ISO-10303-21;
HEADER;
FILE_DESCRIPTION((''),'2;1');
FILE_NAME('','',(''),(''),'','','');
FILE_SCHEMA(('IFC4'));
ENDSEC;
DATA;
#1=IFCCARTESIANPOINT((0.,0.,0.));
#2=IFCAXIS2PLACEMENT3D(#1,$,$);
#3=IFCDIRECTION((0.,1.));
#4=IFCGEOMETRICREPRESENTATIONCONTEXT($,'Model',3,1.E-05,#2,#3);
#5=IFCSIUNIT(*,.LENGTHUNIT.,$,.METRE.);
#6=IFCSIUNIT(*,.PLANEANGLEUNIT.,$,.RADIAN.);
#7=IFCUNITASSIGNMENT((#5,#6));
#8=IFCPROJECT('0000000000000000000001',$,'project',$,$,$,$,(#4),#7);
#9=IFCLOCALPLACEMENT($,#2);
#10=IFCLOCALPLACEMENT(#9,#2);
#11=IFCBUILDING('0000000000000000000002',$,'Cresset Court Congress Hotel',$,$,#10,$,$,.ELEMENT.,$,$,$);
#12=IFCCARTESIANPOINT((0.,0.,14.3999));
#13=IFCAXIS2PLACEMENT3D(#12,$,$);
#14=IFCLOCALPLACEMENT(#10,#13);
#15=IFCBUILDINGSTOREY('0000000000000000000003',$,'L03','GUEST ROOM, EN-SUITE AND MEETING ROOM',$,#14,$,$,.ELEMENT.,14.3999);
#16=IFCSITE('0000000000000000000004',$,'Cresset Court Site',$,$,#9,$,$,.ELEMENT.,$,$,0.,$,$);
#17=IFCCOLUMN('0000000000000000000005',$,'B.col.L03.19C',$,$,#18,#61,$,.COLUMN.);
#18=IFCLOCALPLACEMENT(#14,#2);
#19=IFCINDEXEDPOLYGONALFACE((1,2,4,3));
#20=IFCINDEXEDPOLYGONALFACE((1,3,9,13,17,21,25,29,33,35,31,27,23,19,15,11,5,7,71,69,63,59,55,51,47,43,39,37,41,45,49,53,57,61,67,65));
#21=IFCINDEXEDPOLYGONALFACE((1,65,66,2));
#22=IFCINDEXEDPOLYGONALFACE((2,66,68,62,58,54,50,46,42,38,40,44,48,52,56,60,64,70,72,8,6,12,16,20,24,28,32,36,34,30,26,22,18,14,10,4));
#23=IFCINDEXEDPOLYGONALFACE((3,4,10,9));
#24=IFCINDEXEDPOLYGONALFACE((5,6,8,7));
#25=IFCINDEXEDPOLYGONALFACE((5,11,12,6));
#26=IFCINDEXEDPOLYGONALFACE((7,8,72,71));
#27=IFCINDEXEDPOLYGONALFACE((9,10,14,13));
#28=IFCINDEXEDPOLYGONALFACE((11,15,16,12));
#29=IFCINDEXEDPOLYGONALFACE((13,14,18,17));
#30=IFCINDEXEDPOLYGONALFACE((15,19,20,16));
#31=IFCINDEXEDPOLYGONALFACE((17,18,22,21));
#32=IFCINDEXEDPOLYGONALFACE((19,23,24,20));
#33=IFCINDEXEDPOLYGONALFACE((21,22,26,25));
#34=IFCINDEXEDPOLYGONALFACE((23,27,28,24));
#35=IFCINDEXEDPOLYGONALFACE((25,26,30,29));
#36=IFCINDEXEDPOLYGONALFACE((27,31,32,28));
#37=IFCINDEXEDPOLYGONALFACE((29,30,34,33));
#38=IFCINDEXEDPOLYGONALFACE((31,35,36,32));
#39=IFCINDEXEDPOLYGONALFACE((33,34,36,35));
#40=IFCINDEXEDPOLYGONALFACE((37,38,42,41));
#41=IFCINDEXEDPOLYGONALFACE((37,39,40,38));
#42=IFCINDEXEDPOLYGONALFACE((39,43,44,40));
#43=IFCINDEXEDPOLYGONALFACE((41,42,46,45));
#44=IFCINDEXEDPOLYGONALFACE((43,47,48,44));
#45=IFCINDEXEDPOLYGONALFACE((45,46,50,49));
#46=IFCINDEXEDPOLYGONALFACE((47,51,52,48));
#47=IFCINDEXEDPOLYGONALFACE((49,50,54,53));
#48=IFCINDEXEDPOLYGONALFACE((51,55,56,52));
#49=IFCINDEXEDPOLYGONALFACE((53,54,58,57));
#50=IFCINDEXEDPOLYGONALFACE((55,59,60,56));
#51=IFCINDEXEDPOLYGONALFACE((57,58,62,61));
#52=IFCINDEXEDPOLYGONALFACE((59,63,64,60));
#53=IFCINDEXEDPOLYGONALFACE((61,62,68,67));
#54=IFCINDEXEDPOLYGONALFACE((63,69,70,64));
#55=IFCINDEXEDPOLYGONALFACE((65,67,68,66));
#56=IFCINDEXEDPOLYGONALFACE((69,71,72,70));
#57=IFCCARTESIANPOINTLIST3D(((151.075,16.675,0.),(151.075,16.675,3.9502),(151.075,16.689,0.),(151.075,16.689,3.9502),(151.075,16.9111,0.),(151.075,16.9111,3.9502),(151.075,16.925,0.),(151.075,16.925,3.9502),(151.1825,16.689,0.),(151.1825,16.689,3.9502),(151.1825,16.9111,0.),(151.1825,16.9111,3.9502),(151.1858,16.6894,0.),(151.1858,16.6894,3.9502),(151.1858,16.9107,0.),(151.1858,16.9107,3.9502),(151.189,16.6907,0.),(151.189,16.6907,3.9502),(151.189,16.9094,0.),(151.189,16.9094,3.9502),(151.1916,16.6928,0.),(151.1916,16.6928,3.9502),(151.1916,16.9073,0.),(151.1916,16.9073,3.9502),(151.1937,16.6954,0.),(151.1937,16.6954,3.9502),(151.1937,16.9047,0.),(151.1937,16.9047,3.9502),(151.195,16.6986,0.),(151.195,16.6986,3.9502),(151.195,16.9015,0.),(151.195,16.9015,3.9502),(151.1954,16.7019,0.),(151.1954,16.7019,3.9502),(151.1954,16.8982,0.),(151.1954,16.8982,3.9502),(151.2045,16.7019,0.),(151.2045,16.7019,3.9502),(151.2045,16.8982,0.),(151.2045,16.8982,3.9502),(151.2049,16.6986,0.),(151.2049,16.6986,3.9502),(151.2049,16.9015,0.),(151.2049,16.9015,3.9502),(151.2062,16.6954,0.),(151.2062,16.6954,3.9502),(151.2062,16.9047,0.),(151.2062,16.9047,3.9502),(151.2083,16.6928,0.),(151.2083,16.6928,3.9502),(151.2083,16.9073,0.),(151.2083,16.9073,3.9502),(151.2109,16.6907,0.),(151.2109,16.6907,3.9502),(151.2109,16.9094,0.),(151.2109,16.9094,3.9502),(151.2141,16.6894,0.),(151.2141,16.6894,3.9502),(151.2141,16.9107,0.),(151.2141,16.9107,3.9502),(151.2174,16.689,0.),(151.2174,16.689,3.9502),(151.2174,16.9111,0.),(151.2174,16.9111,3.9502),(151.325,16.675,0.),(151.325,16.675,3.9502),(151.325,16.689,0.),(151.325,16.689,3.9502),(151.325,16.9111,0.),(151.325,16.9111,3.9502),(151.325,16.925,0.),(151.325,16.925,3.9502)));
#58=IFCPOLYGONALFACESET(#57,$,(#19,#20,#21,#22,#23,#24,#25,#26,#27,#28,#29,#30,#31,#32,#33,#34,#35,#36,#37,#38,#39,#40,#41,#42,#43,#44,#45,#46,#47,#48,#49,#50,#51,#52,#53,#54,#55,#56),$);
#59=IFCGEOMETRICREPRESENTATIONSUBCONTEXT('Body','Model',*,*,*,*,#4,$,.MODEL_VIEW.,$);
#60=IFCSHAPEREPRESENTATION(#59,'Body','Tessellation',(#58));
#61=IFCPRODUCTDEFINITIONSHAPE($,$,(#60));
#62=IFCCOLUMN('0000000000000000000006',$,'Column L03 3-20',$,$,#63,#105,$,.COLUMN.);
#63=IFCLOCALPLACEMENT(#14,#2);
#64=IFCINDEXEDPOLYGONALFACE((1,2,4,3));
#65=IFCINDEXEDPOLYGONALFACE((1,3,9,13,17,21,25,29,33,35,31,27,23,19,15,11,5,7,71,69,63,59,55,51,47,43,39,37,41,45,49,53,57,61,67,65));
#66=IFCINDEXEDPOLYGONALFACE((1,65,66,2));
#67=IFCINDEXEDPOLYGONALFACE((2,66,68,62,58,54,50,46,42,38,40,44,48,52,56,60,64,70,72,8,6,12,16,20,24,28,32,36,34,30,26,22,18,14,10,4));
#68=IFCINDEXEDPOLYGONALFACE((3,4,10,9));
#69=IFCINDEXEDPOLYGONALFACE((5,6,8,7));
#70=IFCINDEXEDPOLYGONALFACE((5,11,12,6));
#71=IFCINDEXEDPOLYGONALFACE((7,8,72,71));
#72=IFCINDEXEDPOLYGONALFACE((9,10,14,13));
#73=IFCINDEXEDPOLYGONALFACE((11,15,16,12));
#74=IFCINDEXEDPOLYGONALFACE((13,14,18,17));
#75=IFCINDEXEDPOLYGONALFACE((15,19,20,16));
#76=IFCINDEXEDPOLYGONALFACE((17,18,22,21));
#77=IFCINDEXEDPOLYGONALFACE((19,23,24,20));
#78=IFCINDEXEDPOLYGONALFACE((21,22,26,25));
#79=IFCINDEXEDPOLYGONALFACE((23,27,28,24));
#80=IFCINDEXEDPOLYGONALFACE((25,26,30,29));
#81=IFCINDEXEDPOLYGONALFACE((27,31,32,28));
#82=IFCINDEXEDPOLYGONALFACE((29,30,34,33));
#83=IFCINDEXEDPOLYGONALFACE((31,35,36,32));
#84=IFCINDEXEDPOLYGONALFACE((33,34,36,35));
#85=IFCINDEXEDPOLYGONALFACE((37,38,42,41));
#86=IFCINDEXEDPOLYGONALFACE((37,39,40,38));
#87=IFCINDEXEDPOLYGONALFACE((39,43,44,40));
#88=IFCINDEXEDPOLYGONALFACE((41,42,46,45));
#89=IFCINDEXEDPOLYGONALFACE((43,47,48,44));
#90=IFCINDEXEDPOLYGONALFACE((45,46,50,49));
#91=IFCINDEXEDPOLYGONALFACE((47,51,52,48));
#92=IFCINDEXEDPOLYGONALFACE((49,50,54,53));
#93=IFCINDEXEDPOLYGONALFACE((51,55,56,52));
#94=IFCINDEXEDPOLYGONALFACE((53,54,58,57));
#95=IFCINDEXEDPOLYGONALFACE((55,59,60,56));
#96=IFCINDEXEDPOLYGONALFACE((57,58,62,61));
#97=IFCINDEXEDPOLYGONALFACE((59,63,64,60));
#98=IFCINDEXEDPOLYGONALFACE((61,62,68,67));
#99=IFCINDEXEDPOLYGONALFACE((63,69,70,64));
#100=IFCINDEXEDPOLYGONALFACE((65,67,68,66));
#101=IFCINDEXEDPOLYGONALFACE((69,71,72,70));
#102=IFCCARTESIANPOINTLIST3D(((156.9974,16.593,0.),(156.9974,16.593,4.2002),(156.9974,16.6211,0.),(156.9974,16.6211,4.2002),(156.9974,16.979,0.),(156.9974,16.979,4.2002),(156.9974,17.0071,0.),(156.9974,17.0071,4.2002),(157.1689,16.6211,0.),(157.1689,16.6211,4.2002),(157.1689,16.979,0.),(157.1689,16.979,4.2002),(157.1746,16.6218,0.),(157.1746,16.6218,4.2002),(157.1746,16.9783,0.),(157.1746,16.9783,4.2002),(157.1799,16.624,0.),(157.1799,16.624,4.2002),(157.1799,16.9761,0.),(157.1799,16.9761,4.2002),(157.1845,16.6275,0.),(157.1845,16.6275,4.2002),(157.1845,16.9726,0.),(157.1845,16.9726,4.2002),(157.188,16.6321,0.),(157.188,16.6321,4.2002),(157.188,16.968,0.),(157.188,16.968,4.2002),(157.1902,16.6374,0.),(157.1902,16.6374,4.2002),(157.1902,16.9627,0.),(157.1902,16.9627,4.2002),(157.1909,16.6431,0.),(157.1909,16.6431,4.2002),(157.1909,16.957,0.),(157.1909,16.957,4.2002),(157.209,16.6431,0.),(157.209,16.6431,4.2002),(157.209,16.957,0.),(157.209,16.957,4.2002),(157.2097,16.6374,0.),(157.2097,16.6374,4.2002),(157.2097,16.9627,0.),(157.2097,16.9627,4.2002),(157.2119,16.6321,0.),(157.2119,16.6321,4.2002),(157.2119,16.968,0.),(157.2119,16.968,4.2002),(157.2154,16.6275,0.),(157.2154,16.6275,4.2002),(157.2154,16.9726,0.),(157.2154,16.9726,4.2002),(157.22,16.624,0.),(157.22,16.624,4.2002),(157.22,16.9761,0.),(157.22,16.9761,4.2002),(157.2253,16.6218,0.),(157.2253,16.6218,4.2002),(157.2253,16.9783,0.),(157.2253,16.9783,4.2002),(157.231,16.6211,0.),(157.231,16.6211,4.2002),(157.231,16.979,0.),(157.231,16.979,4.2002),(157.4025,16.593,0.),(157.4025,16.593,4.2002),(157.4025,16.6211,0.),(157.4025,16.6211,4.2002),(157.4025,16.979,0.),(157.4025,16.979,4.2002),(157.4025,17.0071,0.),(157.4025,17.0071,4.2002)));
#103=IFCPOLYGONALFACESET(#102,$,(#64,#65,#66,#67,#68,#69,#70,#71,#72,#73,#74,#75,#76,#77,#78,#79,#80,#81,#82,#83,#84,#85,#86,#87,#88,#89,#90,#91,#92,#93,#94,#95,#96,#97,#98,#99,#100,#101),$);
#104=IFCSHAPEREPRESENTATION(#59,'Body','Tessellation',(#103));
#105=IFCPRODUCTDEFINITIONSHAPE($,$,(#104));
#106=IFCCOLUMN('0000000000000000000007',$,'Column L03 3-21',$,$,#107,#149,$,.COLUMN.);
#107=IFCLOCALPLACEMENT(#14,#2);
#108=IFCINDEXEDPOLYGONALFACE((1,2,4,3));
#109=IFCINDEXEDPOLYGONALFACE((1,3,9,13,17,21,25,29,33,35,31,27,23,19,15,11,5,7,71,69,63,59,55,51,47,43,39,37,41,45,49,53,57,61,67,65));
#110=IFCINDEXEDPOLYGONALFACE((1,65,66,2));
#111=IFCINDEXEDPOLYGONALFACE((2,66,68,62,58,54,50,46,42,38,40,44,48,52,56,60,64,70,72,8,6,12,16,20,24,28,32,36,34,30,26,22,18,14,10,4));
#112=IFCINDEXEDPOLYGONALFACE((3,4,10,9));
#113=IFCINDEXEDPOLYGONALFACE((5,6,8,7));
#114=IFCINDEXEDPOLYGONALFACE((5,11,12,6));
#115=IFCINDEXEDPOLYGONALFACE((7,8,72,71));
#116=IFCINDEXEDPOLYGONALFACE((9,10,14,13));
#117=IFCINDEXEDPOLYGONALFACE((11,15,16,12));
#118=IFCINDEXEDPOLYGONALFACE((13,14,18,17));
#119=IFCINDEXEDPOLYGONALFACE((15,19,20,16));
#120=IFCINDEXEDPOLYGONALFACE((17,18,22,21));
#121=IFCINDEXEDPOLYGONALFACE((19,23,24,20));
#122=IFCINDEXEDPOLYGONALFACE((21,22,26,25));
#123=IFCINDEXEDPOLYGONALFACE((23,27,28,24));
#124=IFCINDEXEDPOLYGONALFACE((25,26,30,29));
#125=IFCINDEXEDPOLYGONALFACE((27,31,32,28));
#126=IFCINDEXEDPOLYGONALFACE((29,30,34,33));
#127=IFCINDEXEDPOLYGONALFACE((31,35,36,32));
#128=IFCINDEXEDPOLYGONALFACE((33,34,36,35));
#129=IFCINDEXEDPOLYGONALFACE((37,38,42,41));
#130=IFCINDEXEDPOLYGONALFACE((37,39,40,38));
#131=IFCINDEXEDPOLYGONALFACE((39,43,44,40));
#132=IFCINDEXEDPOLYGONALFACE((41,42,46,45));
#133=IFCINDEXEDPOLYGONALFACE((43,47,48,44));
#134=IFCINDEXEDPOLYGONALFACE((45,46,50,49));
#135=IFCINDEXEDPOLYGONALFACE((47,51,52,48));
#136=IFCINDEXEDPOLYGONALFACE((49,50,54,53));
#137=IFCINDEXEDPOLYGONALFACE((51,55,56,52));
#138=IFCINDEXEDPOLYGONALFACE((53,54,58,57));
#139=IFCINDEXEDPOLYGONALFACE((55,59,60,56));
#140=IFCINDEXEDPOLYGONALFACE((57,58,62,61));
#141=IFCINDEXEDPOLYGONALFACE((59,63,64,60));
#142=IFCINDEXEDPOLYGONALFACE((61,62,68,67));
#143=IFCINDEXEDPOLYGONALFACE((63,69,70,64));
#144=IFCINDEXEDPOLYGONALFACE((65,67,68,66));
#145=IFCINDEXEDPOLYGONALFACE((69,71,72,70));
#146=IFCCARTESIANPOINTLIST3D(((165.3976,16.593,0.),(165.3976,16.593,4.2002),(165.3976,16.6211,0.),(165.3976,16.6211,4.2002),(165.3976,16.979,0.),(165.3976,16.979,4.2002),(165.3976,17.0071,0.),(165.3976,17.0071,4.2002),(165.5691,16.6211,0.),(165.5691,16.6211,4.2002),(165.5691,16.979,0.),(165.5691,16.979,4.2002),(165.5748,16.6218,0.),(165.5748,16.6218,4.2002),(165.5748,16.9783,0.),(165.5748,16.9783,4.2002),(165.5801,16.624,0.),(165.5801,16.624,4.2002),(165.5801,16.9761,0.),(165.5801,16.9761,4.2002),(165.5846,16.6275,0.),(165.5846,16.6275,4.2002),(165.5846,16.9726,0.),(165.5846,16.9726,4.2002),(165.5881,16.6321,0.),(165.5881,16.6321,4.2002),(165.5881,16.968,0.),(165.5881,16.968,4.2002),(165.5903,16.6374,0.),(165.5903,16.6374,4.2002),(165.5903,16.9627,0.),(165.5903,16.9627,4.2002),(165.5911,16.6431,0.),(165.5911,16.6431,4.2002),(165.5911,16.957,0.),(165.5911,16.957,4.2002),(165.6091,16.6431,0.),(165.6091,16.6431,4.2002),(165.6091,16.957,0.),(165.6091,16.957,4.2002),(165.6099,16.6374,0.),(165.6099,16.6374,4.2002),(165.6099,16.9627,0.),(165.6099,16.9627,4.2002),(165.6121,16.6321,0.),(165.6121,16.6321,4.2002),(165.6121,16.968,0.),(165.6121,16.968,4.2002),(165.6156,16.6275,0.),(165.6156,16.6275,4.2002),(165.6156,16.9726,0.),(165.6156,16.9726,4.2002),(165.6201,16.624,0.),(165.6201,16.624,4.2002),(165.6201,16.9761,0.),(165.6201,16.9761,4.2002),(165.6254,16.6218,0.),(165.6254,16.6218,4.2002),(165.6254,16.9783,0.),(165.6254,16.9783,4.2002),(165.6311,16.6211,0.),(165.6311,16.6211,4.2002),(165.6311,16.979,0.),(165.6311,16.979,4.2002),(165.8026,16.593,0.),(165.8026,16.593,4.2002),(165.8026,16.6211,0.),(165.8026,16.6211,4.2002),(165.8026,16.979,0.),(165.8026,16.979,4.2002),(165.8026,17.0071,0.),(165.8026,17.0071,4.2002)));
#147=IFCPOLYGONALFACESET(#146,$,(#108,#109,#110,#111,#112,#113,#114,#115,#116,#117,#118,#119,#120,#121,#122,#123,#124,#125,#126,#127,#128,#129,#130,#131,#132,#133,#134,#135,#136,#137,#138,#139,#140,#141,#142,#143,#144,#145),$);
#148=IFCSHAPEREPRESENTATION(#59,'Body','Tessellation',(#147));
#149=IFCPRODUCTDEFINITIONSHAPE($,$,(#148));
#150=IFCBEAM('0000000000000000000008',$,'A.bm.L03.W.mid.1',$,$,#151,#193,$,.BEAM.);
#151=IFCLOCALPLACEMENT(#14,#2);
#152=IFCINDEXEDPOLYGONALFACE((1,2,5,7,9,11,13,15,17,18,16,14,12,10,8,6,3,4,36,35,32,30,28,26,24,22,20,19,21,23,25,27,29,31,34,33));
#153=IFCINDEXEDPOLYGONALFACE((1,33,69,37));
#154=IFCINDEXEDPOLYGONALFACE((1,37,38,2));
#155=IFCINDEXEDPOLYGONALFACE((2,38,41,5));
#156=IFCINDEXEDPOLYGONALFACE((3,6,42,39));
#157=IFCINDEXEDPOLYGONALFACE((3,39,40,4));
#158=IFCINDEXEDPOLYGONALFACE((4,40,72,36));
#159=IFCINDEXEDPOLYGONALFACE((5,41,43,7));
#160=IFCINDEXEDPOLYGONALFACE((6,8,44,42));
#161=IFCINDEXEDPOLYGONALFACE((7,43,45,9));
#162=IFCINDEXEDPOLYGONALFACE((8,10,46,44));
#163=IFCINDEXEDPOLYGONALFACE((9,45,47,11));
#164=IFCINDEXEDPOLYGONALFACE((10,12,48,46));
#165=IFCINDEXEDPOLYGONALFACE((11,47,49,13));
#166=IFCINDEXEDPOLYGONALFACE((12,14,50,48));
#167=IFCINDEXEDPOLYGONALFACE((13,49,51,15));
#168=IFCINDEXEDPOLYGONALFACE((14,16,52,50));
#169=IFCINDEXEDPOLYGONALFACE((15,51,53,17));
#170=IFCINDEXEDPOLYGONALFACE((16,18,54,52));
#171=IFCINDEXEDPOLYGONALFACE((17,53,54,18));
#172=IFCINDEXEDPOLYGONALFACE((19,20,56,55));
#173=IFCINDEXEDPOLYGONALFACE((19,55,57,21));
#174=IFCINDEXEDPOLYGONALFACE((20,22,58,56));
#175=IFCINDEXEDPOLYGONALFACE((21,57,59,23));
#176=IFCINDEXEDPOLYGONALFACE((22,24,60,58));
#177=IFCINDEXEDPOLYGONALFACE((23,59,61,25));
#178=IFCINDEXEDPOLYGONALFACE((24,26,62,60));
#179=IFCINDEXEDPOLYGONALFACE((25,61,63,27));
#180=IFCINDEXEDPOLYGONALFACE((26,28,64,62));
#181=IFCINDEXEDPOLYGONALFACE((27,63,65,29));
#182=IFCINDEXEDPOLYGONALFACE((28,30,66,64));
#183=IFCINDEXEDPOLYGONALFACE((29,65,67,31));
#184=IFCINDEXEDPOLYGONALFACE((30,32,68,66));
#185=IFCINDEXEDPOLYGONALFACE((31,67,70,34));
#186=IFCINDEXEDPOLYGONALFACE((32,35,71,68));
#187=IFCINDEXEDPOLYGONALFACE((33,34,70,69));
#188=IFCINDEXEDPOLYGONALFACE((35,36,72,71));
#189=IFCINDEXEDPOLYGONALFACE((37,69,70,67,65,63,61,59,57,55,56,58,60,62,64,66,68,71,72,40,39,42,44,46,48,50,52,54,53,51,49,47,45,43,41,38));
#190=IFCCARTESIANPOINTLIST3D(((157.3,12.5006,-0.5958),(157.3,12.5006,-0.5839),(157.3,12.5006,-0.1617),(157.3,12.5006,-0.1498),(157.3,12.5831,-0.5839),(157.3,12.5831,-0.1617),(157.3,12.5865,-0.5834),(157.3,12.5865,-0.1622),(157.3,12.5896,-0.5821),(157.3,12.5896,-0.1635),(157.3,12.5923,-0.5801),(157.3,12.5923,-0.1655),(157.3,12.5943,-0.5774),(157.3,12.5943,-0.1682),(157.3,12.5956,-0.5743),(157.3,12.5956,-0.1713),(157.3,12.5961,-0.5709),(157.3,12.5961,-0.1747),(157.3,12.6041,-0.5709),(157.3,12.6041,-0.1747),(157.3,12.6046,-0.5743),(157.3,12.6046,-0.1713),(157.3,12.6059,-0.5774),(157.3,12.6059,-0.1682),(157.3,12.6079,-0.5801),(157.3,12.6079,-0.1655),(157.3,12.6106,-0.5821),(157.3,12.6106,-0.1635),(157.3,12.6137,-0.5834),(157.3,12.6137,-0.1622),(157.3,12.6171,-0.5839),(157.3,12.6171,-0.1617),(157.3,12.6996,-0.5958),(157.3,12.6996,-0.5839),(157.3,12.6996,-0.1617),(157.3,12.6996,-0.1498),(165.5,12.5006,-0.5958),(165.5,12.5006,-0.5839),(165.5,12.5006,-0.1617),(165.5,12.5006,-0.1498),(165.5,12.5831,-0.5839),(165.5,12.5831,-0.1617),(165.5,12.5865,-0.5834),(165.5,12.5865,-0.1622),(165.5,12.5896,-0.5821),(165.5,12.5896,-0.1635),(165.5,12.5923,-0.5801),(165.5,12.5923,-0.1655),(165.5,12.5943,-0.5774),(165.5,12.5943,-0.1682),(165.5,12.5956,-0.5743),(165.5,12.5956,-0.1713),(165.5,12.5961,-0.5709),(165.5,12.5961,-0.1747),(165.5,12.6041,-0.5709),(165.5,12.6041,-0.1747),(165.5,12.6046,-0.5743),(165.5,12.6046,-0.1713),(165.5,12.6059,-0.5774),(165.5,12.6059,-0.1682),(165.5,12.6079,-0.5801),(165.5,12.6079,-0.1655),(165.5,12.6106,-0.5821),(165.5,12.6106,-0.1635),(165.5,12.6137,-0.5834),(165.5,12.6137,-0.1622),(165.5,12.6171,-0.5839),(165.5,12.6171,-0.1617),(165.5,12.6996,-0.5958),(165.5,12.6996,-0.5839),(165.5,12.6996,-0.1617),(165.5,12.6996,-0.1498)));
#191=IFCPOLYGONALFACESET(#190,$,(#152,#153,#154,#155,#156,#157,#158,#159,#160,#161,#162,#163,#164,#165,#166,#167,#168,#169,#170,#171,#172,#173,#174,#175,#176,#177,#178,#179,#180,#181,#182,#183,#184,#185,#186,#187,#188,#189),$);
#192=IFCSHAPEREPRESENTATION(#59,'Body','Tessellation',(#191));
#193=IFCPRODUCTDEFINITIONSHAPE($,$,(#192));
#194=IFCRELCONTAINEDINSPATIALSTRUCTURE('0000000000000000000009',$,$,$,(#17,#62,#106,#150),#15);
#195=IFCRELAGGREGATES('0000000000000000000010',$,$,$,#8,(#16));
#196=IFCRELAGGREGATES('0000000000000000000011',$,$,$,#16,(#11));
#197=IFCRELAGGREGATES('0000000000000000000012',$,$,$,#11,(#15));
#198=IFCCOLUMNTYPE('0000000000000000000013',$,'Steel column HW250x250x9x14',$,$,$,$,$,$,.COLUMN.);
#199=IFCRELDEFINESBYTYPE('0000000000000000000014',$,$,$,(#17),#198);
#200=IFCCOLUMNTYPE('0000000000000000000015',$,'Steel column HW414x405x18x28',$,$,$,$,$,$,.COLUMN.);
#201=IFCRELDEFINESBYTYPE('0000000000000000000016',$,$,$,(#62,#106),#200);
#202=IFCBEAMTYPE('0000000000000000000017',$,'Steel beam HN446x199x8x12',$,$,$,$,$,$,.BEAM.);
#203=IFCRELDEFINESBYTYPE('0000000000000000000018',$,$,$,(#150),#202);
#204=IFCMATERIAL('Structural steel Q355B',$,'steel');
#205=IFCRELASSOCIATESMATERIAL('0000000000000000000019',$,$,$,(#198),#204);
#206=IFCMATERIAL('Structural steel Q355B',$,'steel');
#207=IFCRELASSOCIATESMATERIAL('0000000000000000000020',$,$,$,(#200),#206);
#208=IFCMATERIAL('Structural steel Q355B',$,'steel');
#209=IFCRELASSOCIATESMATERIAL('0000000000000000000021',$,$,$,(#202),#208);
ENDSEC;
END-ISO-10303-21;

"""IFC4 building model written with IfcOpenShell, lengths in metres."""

from ifc_helpers import new_model, si_unit, direction, frame, origin, origin_2d, place, context, subcontext, project, spatial, i_section, extrude, material, material_profile, profile_set, type_object, element, save


model = new_model("IFC4")

# Units and contexts
model_context = context("Model", 3, precision=1e-05, world=origin(), true_north=direction((0.0, 1.0)))
body_context = subcontext(model_context, "Body", "Model", "MODEL_VIEW")
ifc_project = project(units=[si_unit("LENGTHUNIT", "METRE"), si_unit("PLANEANGLEUNIT", "RADIAN")], contexts=[model_context])

# Site, building, storey
site_placement = place(None, origin())
site = spatial("IfcSite", under=ifc_project, at=site_placement, Name="Cresset Court Site", CompositionType="ELEMENT", RefElevation=0.0)
building_placement = place(site_placement, origin())
building = spatial("IfcBuilding", under=site, at=building_placement, Name="Cresset Court Congress Hotel", CompositionType="ELEMENT")
storey_placement = place(building_placement, frame((0.0, 0.0, 14.3999)))
storey = spatial("IfcBuildingStorey", under=building, at=storey_placement, Name="L03", Description="GUEST ROOM, EN-SUITE AND MEETING ROOM", CompositionType="ELEMENT", Elevation=14.3999)

# Columns
ifc_material_1 = material(Name="Structural steel Q355B", Category="steel")
ifc_material_profile_1 = material_profile(ifc_material_1, i_section(OverallWidth=0.25, OverallDepth=0.25, WebThickness=0.009, FlangeThickness=0.0139, FilletRadius=0.0129, at=origin_2d()), Name="HW250x250x9x14")
ifc_profile_set_1 = profile_set([ifc_material_profile_1], Name="Structural steel Q355B")
column_type_1 = type_object("IfcColumnType", Name="Steel column HW250x250x9x14", PredefinedType="COLUMN", material=ifc_profile_set_1)
column_placement = place(storey_placement, frame((151.2, 16.8, 0.0), z_axis=(0.0, 0.0, 1.0), x_axis=(1.0, 0.0, 0.0)))
element("IfcColumn", 1, at=column_placement, inside=storey, type_object=column_type_1, Name="B.col.L03.19C", PredefinedType="COLUMN", context=body_context, shape_type="SweptSolid", body=[
    extrude(i_section(OverallWidth=0.25, OverallDepth=0.25, WebThickness=0.009, FlangeThickness=0.0139, FilletRadius=0.0129, at=origin_2d()), origin(), (0.0, 0.0, 1.0), 3.9502),
])
ifc_material_2 = material(Name="Structural steel Q355B", Category="steel")
ifc_material_profile_2 = material_profile(ifc_material_2, i_section(OverallWidth=0.405, OverallDepth=0.4141, WebThickness=0.0181, FlangeThickness=0.0281, FilletRadius=0.022, at=origin_2d()), Name="HW414x405x18x28")
ifc_profile_set_2 = profile_set([ifc_material_profile_2], Name="Structural steel Q355B")
column_type_2 = type_object("IfcColumnType", Name="Steel column HW414x405x18x28", PredefinedType="COLUMN", material=ifc_profile_set_2)
for number, where, z_axis, x_axis, name in (
    (2, (157.2, 16.8, 0.0), (0.0, 0.0, 1.0), (1.0, 0.0, 0.0), "Column L03 3-20"),
    (3, (165.6001, 16.8, 0.0), (0.0, 0.0, 1.0), (1.0, 0.0, 0.0), "Column L03 3-21"),
):
    element("IfcColumn", number, at=place(storey_placement, frame(where, z_axis=z_axis, x_axis=x_axis)), inside=storey, type_object=column_type_2, Name=name, PredefinedType="COLUMN", context=body_context, shape_type="SweptSolid", body=[
        extrude(i_section(OverallWidth=0.405, OverallDepth=0.4141, WebThickness=0.0181, FlangeThickness=0.0281, FilletRadius=0.022, at=origin_2d()), origin(), (0.0, 0.0, 1.0), 4.2002),
    ])

# Beam
ifc_material_3 = material(Name="Structural steel Q355B", Category="steel")
ifc_material_profile_3 = material_profile(ifc_material_3, i_section(OverallWidth=0.199, OverallDepth=0.446, WebThickness=0.0081, FlangeThickness=0.012, FilletRadius=0.0129, at=origin_2d()), Name="HN446x199x8x12")
ifc_profile_set_3 = profile_set([ifc_material_profile_3], Name="Structural steel Q355B")
beam_type_1 = type_object("IfcBeamType", Name="Steel beam HN446x199x8x12", PredefinedType="BEAM", material=ifc_profile_set_3)
beam_1_placement = place(storey_placement, frame((157.3, 12.6001, -0.3728), z_axis=(1.0, 0.0, 0.0), x_axis=(0.0, 1.0, 0.0)))
element("IfcBeam", 4, at=beam_1_placement, inside=storey, type_object=beam_type_1, Name="A.bm.L03.W.mid.1", PredefinedType="BEAM", context=body_context, shape_type="SweptSolid", body=[
    extrude(i_section(OverallWidth=0.199, OverallDepth=0.446, WebThickness=0.0081, FlangeThickness=0.012, FilletRadius=0.0129, at=origin_2d()), origin(), (0.0, 0.0, 1.0), 8.2),
])

save(model, "model.ifc")
